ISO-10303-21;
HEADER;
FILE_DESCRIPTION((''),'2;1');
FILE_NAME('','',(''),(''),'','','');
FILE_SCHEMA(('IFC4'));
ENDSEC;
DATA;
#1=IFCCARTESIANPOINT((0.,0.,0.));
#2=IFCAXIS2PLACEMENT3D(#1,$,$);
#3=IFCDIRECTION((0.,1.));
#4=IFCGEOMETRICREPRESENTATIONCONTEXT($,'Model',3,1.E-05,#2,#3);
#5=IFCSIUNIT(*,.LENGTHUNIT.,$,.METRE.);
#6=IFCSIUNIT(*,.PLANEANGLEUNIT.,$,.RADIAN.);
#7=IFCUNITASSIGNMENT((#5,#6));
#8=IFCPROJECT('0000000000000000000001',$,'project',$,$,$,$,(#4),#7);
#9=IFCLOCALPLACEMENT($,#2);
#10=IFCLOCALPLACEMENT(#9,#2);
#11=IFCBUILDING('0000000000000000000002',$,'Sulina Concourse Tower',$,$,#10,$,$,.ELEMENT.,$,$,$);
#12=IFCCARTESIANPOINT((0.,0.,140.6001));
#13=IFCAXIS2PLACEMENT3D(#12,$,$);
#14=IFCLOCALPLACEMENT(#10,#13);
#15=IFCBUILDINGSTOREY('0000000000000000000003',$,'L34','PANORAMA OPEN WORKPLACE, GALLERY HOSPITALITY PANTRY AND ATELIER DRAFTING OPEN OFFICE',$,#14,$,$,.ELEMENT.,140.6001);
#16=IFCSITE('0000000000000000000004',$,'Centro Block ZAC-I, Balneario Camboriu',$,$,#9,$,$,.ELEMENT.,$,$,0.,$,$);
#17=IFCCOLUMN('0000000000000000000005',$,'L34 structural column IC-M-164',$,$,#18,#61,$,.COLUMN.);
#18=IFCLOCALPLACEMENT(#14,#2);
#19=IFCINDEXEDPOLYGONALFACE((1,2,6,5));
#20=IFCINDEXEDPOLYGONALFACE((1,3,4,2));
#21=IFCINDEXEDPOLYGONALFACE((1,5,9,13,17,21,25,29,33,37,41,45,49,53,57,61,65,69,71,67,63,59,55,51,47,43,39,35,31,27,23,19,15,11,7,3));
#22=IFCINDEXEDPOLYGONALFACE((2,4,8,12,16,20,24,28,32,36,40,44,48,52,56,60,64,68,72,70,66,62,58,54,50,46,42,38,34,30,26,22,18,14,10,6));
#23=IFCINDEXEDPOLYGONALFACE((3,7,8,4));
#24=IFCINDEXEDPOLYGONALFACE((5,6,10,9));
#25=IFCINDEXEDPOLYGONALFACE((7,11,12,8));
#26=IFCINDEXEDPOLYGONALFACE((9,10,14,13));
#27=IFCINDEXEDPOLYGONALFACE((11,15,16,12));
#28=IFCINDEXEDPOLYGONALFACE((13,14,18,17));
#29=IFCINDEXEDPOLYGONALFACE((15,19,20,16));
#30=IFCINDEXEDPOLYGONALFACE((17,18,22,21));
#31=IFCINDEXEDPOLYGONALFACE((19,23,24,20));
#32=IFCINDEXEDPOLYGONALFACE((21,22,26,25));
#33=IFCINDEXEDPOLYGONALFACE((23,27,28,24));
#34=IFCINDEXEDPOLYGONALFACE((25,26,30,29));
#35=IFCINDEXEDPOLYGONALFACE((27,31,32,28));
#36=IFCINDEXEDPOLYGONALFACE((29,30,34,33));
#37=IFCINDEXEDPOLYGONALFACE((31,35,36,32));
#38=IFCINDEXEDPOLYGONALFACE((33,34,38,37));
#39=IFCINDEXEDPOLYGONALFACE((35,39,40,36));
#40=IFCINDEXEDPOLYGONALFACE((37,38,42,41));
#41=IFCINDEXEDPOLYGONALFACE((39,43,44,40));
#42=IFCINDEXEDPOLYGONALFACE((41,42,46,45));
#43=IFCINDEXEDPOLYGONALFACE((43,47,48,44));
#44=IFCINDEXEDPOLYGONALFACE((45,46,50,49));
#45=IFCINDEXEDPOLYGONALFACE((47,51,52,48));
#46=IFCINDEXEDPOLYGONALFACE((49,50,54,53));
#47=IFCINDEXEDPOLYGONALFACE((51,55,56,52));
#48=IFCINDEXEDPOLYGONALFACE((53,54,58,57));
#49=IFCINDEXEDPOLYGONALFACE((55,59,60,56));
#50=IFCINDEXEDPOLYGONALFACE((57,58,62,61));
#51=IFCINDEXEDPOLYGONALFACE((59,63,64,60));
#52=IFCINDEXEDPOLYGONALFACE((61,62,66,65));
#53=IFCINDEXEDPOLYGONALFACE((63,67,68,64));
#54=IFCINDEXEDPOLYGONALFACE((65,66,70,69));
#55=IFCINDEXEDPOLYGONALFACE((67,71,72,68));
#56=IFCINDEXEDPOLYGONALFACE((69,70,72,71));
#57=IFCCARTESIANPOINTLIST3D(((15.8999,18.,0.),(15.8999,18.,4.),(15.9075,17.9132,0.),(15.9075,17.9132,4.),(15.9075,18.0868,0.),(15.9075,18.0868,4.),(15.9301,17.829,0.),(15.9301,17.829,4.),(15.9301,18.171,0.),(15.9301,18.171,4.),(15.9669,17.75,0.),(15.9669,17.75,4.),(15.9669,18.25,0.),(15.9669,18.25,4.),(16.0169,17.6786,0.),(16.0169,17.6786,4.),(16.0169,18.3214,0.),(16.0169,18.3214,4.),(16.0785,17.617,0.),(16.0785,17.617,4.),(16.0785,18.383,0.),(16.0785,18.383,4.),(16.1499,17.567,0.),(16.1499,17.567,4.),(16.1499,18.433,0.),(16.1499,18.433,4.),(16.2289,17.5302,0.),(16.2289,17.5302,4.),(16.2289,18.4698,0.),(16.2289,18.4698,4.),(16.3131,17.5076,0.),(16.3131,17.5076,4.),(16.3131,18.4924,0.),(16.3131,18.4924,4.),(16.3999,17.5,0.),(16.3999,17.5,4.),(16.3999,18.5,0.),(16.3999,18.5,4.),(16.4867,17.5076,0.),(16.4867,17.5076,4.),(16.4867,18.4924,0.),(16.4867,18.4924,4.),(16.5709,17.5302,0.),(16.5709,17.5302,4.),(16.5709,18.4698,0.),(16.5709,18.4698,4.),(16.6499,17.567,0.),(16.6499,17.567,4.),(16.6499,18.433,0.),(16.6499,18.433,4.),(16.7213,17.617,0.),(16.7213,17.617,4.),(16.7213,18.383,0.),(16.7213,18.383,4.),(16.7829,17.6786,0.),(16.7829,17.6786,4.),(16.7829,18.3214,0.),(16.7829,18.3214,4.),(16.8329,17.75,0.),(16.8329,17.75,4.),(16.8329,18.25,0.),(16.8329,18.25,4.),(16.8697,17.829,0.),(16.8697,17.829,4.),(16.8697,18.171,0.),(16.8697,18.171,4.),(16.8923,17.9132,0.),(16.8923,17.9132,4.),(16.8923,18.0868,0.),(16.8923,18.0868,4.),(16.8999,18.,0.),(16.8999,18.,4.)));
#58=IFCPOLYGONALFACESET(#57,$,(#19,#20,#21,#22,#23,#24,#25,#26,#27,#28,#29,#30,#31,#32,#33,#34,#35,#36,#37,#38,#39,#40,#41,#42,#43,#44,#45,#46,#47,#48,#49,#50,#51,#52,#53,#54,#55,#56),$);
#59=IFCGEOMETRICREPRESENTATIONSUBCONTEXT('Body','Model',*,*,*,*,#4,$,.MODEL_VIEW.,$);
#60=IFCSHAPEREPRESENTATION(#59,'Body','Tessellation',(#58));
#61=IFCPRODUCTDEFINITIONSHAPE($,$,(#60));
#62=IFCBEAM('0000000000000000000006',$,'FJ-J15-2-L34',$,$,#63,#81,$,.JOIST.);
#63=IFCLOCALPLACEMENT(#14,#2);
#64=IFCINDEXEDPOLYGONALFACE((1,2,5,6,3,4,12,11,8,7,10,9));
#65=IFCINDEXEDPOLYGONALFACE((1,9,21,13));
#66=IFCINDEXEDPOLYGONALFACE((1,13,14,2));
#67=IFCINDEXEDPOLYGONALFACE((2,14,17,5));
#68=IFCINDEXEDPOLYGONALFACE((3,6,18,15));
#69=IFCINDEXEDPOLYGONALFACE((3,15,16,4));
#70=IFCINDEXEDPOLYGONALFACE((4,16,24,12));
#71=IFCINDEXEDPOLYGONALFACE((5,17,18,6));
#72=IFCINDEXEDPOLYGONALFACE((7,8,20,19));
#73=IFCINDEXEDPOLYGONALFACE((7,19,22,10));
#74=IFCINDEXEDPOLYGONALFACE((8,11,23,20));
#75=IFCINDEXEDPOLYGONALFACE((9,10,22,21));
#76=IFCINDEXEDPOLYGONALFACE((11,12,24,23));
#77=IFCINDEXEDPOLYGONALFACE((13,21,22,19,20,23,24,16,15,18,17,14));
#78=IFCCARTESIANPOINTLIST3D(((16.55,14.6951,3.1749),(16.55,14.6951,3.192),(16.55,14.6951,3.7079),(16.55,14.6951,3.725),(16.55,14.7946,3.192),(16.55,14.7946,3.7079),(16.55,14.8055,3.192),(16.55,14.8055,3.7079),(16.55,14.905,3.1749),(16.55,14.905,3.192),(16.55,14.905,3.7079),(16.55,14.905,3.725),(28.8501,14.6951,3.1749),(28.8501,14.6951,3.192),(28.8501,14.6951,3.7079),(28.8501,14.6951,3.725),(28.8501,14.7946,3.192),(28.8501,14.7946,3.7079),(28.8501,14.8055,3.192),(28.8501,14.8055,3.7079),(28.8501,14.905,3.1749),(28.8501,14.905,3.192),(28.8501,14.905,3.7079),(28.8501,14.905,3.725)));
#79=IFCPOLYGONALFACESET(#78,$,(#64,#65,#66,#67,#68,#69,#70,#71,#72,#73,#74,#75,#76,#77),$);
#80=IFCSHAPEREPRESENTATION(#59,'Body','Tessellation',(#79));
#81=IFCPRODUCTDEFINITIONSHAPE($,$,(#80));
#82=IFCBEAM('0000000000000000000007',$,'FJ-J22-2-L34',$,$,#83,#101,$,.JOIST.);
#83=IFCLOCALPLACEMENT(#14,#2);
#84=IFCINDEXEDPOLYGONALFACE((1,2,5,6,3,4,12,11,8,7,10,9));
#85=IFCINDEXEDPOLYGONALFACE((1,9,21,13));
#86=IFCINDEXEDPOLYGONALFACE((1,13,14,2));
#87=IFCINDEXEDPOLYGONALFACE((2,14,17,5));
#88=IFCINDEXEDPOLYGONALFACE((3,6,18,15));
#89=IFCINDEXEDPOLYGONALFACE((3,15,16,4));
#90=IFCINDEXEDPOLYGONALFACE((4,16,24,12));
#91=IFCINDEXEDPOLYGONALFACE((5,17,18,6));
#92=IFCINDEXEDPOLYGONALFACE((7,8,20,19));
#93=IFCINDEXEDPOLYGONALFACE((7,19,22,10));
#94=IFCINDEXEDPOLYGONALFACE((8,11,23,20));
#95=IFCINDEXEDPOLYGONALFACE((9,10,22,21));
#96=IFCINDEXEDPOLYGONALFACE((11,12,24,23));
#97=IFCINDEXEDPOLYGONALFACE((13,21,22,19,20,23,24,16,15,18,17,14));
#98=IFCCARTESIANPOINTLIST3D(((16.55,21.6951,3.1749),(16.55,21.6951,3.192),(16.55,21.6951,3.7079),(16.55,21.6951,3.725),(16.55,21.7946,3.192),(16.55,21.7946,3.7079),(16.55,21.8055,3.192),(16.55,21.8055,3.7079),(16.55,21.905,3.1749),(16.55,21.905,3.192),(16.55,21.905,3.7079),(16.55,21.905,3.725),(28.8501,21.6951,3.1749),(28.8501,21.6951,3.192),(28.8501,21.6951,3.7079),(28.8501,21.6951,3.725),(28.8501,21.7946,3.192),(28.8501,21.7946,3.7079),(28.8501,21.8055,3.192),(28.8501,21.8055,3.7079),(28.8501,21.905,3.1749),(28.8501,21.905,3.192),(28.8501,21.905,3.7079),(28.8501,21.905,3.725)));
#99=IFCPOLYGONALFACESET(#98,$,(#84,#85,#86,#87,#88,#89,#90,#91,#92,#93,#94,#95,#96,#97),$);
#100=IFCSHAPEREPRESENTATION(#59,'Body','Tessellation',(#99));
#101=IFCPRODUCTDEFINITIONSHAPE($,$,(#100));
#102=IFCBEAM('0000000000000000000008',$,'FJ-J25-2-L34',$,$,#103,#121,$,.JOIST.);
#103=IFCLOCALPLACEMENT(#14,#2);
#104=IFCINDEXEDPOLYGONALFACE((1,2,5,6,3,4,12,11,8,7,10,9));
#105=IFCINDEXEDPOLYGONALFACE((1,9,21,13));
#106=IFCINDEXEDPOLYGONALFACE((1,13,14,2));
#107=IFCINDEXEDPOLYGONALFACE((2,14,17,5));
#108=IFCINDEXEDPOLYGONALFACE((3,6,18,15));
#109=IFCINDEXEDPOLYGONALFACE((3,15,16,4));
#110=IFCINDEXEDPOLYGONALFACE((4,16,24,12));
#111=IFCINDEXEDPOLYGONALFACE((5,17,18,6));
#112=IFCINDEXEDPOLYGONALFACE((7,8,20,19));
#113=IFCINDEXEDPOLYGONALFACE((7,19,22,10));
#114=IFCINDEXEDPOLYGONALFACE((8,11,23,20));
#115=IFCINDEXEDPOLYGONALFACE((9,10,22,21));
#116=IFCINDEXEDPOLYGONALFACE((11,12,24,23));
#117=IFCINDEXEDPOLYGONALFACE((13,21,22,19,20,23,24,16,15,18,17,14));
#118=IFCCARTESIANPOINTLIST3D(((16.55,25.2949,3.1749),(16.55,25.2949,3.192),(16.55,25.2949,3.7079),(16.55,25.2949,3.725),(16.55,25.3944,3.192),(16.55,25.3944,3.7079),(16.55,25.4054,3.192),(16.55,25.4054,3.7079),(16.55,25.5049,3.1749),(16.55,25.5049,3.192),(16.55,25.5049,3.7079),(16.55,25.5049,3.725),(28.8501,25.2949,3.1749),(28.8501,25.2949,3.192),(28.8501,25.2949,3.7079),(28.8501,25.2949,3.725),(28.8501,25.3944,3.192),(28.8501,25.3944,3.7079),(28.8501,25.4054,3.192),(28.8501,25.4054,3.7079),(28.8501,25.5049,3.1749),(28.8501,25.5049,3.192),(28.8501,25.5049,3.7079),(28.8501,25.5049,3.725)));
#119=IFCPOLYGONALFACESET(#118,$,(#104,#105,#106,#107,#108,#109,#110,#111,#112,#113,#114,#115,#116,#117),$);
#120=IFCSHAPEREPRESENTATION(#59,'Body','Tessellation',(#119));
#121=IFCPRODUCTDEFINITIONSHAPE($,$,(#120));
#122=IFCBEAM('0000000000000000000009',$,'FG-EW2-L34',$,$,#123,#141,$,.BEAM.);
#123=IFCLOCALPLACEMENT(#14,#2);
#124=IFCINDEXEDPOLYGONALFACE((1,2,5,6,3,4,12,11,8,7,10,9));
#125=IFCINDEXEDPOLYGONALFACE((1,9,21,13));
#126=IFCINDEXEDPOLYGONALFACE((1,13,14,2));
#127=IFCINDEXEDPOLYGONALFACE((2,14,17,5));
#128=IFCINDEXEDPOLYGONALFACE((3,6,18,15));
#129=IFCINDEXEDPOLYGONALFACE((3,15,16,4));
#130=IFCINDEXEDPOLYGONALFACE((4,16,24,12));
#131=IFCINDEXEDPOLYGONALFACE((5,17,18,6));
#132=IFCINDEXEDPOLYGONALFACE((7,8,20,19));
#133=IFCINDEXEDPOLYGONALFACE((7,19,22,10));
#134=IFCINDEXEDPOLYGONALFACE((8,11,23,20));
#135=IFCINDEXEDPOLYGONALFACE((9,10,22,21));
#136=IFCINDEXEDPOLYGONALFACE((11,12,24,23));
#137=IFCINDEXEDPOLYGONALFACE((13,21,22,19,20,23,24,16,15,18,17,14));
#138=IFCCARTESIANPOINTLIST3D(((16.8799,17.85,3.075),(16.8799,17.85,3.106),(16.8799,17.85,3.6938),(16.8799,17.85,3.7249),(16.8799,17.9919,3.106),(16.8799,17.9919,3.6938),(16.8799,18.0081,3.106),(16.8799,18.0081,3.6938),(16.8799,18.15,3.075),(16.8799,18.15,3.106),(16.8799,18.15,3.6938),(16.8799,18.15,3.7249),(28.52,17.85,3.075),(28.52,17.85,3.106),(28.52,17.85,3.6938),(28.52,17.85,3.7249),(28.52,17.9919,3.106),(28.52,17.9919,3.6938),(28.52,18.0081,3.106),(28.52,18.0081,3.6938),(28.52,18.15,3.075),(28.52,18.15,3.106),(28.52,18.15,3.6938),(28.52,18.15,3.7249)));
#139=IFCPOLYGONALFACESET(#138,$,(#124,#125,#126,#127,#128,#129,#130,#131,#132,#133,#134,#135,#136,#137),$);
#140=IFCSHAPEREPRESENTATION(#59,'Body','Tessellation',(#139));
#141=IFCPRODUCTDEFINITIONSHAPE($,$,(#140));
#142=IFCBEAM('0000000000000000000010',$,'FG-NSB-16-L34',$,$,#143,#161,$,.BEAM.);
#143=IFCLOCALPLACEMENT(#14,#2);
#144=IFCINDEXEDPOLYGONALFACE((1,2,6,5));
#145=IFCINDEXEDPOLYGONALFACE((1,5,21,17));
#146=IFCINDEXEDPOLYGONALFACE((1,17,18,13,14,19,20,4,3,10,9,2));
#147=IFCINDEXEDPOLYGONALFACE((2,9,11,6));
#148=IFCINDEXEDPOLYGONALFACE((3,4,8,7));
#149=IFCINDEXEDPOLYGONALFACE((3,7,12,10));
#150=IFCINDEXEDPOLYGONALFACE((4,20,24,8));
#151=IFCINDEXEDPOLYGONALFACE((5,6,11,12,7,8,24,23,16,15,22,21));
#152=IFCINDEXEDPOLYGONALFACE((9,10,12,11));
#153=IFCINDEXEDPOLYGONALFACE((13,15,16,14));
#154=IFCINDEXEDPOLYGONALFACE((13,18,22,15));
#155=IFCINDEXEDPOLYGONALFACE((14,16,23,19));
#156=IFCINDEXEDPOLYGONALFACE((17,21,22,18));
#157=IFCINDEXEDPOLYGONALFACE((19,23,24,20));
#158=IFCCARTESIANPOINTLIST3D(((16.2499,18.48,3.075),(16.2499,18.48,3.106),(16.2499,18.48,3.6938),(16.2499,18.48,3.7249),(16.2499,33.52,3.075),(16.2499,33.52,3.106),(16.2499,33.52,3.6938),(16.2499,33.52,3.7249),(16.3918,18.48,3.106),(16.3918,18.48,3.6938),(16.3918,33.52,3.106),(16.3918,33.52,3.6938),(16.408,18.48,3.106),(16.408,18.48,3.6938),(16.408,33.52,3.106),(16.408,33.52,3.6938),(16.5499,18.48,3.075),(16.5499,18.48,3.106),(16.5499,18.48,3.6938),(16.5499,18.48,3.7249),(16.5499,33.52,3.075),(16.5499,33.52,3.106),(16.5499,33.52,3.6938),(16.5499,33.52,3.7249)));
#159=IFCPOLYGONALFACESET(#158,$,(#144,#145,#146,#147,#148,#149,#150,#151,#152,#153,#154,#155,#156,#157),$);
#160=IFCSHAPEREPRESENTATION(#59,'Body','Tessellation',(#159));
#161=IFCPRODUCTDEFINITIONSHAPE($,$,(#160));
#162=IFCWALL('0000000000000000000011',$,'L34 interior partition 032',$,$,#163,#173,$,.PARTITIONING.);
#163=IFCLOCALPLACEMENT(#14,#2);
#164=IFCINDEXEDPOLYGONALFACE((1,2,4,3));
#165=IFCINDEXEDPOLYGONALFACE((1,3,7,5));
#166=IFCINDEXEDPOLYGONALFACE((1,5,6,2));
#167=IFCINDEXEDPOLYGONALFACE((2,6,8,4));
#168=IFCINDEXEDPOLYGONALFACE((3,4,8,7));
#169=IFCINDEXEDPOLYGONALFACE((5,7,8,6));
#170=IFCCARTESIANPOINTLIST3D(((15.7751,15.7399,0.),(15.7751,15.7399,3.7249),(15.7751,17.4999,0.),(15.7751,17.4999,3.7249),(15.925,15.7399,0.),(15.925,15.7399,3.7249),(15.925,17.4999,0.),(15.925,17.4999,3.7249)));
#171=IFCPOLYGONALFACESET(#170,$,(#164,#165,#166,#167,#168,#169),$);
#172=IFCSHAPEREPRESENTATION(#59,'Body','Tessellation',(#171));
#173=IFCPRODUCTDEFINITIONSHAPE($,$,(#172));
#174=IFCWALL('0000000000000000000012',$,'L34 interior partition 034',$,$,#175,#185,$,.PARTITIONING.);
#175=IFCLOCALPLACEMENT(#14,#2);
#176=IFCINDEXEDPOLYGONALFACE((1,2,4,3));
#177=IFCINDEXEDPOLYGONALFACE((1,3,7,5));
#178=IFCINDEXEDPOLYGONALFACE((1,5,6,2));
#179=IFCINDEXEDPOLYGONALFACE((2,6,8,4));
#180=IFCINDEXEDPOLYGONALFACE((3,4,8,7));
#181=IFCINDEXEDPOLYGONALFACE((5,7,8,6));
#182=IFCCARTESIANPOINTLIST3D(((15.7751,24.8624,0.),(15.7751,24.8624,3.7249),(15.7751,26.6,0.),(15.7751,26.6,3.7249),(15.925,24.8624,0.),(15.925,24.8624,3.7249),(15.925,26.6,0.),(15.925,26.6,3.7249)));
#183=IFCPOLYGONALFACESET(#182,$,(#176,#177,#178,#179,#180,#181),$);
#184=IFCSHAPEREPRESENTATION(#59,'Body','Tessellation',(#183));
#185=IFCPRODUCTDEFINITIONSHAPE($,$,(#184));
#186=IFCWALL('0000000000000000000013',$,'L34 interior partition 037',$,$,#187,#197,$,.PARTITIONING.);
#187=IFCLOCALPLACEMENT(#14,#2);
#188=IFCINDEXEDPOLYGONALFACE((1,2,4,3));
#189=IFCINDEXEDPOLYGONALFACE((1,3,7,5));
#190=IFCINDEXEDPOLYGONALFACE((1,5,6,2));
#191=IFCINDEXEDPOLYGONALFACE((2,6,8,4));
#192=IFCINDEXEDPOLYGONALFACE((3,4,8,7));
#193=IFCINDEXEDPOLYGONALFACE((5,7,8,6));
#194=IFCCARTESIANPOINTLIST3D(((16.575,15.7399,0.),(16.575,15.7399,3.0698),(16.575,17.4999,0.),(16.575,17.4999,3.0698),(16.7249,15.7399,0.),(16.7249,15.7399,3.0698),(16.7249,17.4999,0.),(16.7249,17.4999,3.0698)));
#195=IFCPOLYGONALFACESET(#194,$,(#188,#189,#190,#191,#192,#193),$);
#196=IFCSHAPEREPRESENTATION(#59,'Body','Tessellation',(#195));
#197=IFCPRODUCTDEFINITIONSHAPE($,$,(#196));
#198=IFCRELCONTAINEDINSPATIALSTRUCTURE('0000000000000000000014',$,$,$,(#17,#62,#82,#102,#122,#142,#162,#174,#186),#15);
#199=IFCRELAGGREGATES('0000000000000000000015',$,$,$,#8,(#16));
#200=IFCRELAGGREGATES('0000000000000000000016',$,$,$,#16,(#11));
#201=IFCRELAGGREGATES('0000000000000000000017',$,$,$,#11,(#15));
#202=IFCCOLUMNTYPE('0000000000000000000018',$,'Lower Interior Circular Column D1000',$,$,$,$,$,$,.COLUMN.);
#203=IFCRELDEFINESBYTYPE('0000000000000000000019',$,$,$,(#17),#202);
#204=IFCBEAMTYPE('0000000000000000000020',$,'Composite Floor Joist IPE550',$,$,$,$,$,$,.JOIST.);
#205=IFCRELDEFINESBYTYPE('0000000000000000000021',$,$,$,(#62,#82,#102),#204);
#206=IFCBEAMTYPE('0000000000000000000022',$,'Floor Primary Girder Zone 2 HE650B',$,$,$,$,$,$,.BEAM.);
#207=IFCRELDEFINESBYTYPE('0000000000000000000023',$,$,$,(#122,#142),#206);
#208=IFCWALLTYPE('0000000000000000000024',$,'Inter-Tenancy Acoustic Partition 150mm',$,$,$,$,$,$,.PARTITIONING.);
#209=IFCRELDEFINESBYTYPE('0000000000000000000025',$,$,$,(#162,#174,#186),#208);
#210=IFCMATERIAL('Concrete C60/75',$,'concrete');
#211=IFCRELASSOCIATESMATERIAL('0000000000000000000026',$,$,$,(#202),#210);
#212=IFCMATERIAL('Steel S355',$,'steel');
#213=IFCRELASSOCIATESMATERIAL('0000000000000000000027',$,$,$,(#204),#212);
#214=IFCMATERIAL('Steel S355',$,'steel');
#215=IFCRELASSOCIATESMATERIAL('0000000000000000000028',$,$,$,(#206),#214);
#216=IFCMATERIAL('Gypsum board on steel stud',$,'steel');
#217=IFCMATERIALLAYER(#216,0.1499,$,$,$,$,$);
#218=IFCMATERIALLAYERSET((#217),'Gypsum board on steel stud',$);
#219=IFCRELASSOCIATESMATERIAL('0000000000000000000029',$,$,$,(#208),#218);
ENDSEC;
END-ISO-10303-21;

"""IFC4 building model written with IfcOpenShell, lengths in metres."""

from ifc_helpers import new_model, si_unit, direction, frame, frame_2d, origin, origin_2d, place, context, subcontext, project, spatial, rectangle, circle, i_section, extrude, material, layer, layer_set, material_profile, profile_set, type_object, element, save


model = new_model("IFC4")

# Units and contexts
model_context = context("Model", 3, precision=1e-05, world=origin(), true_north=direction((0.0, 1.0)))
body_context = subcontext(model_context, "Body", "Model", "MODEL_VIEW")
ifc_project = project(units=[si_unit("LENGTHUNIT", "METRE"), si_unit("PLANEANGLEUNIT", "RADIAN")], contexts=[model_context])

# Site, building, storey
site_placement = place(None, origin())
site = spatial("IfcSite", under=ifc_project, at=site_placement, Name="Centro Block ZAC-I, Balneario Camboriu", CompositionType="ELEMENT", RefElevation=0.0)
building_placement = place(site_placement, origin())
building = spatial("IfcBuilding", under=site, at=building_placement, Name="Sulina Concourse Tower", CompositionType="ELEMENT")
storey_placement = place(building_placement, frame((0.0, 0.0, 140.6001)))
storey = spatial("IfcBuildingStorey", under=building, at=storey_placement, Name="L34", Description="PANORAMA OPEN WORKPLACE, GALLERY HOSPITALITY PANTRY AND ATELIER DRAFTING OPEN OFFICE", CompositionType="ELEMENT", Elevation=140.6001)

# Column
ifc_material_1 = material(Name="Concrete C60/75", Category="concrete")
ifc_material_profile_1 = material_profile(ifc_material_1, circle(Radius=0.5, at=origin_2d()), Name="RC D1000")
ifc_profile_set_1 = profile_set([ifc_material_profile_1], Name="Concrete C60/75")
column_type = type_object("IfcColumnType", Name="Lower Interior Circular Column D1000", PredefinedType="COLUMN", material=ifc_profile_set_1)
column_placement = place(storey_placement, frame((16.3999, 18.0, 0.0), z_axis=(0.0, 0.0, 1.0), x_axis=(1.0, 0.0, 0.0)))
element("IfcColumn", 1, at=column_placement, inside=storey, type_object=column_type, Name="L34 structural column IC-M-164", PredefinedType="COLUMN", context=body_context, shape_type="SweptSolid", body=[
    extrude(circle(Radius=0.5, at=origin_2d()), origin(), (0.0, 0.0, 1.0), 4.0),
])

# Beams
ifc_material_2 = material(Name="Steel S355", Category="steel")
ifc_material_profile_2 = material_profile(ifc_material_2, i_section(OverallWidth=0.21, OverallDepth=0.55, WebThickness=0.011, FlangeThickness=0.0171, at=origin_2d()), Name="IPE 550")
ifc_profile_set_2 = profile_set([ifc_material_profile_2], Name="Steel S355")
beam_type_1 = type_object("IfcBeamType", Name="Composite Floor Joist IPE550", PredefinedType="JOIST", material=ifc_profile_set_2)
for number, where, z_axis, x_axis, name in (
    (2, (16.55, 14.8, 3.45), (1.0, 0.0, 0.0), (0.0, 1.0, 0.0), "FJ-J15-2-L34"),
    (3, (16.55, 21.8, 3.45), (1.0, 0.0, 0.0), (0.0, 1.0, 0.0), "FJ-J22-2-L34"),
    (4, (16.55, 25.3999, 3.45), (1.0, 0.0, 0.0), (0.0, 1.0, 0.0), "FJ-J25-2-L34"),
):
    element("IfcBeam", number, at=place(storey_placement, frame(where, z_axis=z_axis, x_axis=x_axis)), inside=storey, type_object=beam_type_1, Name=name, PredefinedType="JOIST", context=body_context, shape_type="SweptSolid", body=[
        extrude(i_section(OverallWidth=0.21, OverallDepth=0.55, WebThickness=0.011, FlangeThickness=0.0171, at=origin_2d()), origin(), (0.0, 0.0, 1.0), 12.3),
    ])
ifc_material_3 = material(Name="Steel S355", Category="steel")
ifc_material_profile_3 = material_profile(ifc_material_3, i_section(OverallWidth=0.3, OverallDepth=0.6499, WebThickness=0.0161, FlangeThickness=0.031, at=origin_2d()), Name="HE 650 B")
ifc_profile_set_3 = profile_set([ifc_material_profile_3], Name="Steel S355")
beam_type_2 = type_object("IfcBeamType", Name="Floor Primary Girder Zone 2 HE650B", PredefinedType="BEAM", material=ifc_profile_set_3)
beam_1_placement = place(storey_placement, frame((16.8799, 18.0, 3.3999), z_axis=(1.0, 0.0, 0.0), x_axis=(0.0, 1.0, 0.0)))
element("IfcBeam", 5, at=beam_1_placement, inside=storey, type_object=beam_type_2, Name="FG-EW2-L34", PredefinedType="BEAM", context=body_context, shape_type="SweptSolid", body=[
    extrude(i_section(OverallWidth=0.3, OverallDepth=0.6499, WebThickness=0.0161, FlangeThickness=0.031, at=origin_2d()), origin(), (0.0, 0.0, 1.0), 11.6401),
])
beam_2_placement = place(storey_placement, frame((16.3999, 18.48, 3.3999), z_axis=(0.0, 1.0, 0.0), x_axis=(-1.0, 0.0, 0.0)))
element("IfcBeam", 6, at=beam_2_placement, inside=storey, type_object=beam_type_2, Name="FG-NSB-16-L34", PredefinedType="BEAM", context=body_context, shape_type="SweptSolid", body=[
    extrude(i_section(OverallWidth=0.3, OverallDepth=0.6499, WebThickness=0.0161, FlangeThickness=0.031, at=origin_2d()), origin(), (0.0, 0.0, 1.0), 15.04),
])

# Walls
ifc_material_4 = material(Name="Gypsum board on steel stud", Category="steel")
ifc_layer_1 = layer(ifc_material_4, 0.1499)
ifc_layer_set_1 = layer_set([ifc_layer_1], Name="Gypsum board on steel stud")
wall_type_1 = type_object("IfcWallType", Name="Inter-Tenancy Acoustic Partition 150mm", PredefinedType="PARTITIONING", material=ifc_layer_set_1)
wall_1_placement = place(storey_placement, frame((15.8501, 15.74, 0.0), z_axis=(0.0, 0.0, 1.0), x_axis=(0.0, 1.0, 0.0)))
element("IfcWall", 7, at=wall_1_placement, inside=storey, type_object=wall_type_1, Name="L34 interior partition 032", PredefinedType="PARTITIONING", context=body_context, shape_type="SweptSolid", body=[
    extrude(rectangle(XDim=1.76, YDim=0.1499, at=frame_2d((0.8799, 0.0))), origin(), (0.0, 0.0, 1.0), 3.7249),
])
wall_2_placement = place(storey_placement, frame((15.8501, 24.8625, 0.0), z_axis=(0.0, 0.0, 1.0), x_axis=(0.0, 1.0, 0.0)))
element("IfcWall", 8, at=wall_2_placement, inside=storey, type_object=wall_type_1, Name="L34 interior partition 034", PredefinedType="PARTITIONING", context=body_context, shape_type="SweptSolid", body=[
    extrude(rectangle(XDim=1.7375, YDim=0.1499, at=frame_2d((0.8687, 0.0))), origin(), (0.0, 0.0, 1.0), 3.7249),
])
wall_3_placement = place(storey_placement, frame((16.6499, 15.74, 0.0), z_axis=(0.0, 0.0, 1.0), x_axis=(0.0, 1.0, 0.0)))
element("IfcWall", 9, at=wall_3_placement, inside=storey, type_object=wall_type_1, Name="L34 interior partition 037", PredefinedType="PARTITIONING", context=body_context, shape_type="SweptSolid", body=[
    extrude(rectangle(XDim=1.76, YDim=0.1499, at=frame_2d((0.8799, 0.0))), origin(), (0.0, 0.0, 1.0), 3.0698),
])

save(model, "model.ifc")
